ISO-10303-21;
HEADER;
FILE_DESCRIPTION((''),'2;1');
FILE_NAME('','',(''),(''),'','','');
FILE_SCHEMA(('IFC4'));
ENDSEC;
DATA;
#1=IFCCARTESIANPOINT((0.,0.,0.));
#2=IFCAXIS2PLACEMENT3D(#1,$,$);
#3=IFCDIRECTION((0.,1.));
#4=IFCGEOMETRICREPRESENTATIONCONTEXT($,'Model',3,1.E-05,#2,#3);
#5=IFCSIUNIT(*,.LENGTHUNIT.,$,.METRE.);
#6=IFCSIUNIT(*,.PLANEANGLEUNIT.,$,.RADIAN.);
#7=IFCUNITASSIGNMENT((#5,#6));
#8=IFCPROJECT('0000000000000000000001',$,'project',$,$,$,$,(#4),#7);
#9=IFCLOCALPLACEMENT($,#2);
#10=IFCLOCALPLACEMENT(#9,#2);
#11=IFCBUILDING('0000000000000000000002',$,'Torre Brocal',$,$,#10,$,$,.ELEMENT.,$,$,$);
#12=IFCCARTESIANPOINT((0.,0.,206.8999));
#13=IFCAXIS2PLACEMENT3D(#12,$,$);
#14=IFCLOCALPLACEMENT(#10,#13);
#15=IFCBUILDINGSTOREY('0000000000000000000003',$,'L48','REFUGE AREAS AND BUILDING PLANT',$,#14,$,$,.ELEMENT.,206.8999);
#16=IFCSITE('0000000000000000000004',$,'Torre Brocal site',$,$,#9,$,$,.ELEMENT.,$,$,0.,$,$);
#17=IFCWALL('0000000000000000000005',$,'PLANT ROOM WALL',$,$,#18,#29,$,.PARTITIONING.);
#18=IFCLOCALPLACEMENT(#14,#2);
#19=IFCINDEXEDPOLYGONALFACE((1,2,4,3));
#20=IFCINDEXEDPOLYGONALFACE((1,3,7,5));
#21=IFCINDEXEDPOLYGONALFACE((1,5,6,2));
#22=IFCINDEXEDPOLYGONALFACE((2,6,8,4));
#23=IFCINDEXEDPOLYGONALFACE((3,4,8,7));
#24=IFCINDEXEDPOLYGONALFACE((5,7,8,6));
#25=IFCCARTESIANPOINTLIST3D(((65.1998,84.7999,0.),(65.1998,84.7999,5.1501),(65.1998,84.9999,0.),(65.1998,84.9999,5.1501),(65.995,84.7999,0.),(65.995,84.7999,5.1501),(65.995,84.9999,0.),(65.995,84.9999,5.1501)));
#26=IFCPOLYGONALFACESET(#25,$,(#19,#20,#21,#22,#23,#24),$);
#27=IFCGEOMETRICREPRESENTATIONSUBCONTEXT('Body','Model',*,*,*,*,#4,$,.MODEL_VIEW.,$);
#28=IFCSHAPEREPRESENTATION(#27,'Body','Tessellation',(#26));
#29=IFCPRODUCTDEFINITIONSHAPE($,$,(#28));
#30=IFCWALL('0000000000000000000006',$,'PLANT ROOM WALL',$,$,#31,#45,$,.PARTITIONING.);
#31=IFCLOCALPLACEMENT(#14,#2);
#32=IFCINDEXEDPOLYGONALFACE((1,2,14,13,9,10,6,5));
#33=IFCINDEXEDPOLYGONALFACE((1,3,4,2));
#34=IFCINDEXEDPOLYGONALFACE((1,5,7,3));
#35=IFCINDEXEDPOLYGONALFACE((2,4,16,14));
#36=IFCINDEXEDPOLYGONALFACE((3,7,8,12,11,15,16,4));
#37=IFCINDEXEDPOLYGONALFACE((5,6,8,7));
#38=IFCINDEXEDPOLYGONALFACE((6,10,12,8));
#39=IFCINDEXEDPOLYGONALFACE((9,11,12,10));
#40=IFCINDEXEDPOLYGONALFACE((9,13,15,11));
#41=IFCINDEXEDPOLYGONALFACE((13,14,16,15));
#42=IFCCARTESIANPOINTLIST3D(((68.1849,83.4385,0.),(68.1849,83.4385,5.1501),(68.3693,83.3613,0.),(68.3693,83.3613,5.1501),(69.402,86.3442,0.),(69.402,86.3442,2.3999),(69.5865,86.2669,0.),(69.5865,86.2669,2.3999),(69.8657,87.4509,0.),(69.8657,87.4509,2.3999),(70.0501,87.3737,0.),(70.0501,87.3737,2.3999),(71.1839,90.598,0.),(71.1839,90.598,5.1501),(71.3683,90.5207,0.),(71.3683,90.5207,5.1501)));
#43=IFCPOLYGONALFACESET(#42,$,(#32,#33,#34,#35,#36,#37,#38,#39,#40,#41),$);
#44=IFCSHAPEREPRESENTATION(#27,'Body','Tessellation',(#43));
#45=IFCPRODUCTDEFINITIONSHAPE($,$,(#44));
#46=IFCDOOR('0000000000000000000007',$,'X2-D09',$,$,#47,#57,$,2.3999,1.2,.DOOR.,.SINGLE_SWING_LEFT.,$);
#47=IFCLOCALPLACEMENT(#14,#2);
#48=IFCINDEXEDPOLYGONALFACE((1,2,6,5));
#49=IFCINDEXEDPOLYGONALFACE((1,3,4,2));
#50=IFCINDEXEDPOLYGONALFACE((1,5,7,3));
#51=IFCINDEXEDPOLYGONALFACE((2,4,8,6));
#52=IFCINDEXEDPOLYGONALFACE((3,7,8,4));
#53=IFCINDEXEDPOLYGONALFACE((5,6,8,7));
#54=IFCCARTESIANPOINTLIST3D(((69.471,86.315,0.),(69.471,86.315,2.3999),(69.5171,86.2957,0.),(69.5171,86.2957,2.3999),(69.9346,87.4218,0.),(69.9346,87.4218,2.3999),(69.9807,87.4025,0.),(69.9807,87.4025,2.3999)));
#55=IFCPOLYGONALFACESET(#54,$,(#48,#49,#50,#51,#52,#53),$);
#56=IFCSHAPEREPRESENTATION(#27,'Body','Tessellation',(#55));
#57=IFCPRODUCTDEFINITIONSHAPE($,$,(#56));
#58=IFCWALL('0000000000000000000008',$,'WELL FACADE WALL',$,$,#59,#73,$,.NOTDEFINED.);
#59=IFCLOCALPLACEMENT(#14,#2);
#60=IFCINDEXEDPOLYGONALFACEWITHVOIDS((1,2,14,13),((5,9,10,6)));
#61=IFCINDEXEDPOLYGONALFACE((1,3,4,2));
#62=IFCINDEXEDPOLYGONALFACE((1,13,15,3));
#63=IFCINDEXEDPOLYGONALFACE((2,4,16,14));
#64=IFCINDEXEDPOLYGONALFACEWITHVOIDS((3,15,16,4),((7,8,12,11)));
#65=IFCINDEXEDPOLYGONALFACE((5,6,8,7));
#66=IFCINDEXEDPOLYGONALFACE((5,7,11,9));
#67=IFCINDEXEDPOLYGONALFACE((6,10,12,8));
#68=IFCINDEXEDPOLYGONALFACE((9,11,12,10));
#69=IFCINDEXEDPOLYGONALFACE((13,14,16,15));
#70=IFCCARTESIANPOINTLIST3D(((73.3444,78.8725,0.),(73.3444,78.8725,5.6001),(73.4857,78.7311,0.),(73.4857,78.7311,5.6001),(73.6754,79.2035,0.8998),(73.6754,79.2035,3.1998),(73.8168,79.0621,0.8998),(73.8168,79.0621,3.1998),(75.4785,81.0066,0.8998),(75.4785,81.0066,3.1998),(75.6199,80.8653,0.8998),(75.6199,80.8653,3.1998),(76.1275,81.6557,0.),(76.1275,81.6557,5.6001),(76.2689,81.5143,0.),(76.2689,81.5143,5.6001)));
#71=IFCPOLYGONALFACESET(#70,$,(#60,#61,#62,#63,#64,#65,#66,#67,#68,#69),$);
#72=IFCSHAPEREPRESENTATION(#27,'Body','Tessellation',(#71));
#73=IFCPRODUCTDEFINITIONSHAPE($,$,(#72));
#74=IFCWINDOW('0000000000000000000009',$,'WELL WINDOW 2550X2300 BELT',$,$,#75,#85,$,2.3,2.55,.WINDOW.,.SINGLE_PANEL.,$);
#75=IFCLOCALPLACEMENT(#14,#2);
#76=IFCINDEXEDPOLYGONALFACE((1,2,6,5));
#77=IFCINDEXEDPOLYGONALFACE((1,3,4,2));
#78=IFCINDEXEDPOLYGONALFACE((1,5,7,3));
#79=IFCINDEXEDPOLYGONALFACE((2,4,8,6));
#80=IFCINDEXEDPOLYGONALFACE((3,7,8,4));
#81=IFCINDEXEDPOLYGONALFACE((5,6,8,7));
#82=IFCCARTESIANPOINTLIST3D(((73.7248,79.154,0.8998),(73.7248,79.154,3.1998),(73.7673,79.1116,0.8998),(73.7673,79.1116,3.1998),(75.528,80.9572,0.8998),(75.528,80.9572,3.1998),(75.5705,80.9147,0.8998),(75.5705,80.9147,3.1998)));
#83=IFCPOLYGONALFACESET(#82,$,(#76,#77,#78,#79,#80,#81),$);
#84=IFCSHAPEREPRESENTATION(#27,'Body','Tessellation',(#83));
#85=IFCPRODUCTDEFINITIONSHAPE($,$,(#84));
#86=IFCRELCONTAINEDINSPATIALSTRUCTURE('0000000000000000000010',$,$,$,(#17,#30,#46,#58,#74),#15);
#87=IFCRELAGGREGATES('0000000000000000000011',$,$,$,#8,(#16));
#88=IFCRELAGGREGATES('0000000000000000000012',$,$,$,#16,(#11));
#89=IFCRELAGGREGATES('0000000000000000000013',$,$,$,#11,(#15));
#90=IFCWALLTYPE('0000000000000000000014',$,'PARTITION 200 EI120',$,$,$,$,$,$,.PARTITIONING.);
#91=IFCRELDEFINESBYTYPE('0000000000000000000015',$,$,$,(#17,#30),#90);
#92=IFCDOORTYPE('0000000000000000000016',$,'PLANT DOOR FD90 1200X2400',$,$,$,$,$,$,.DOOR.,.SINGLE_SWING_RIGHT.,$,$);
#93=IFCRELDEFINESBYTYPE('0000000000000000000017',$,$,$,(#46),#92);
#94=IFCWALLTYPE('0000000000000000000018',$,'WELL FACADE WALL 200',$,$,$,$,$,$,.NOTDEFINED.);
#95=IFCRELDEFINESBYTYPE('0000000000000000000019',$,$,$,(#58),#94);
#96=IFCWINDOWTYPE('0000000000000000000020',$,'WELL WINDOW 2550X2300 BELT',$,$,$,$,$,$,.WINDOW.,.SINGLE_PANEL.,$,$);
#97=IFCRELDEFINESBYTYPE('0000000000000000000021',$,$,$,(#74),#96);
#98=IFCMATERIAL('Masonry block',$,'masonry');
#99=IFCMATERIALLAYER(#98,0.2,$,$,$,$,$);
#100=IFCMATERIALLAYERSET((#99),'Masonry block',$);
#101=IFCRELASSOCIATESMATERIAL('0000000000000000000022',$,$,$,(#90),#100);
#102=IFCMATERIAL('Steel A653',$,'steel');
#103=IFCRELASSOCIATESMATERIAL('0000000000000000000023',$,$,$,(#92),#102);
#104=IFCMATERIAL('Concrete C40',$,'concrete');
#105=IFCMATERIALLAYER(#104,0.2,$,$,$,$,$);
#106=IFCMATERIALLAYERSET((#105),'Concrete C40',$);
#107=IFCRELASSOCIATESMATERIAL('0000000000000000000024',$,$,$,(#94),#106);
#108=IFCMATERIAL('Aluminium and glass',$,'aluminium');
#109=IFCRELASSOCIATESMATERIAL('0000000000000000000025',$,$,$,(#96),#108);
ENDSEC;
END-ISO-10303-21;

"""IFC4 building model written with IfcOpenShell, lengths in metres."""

from ifc_helpers import new_model, si_unit, direction, frame, frame_2d, origin, place, context, subcontext, project, spatial, rectangle, extrude, material, layer, layer_set, type_object, element, fill, save


model = new_model("IFC4")

# Units and contexts
model_context = context("Model", 3, precision=1e-05, world=origin(), true_north=direction((0.0, 1.0)))
body_context = subcontext(model_context, "Body", "Model", "MODEL_VIEW")
ifc_project = project(units=[si_unit("LENGTHUNIT", "METRE"), si_unit("PLANEANGLEUNIT", "RADIAN")], contexts=[model_context])

# Site, building, storey
site_placement = place(None, origin())
site = spatial("IfcSite", under=ifc_project, at=site_placement, Name="Torre Brocal site", CompositionType="ELEMENT", RefElevation=0.0)
building_placement = place(site_placement, origin())
building = spatial("IfcBuilding", under=site, at=building_placement, Name="Torre Brocal", CompositionType="ELEMENT")
storey_placement = place(building_placement, frame((0.0, 0.0, 206.8999)))
storey = spatial("IfcBuildingStorey", under=building, at=storey_placement, Name="L48", Description="REFUGE AREAS AND BUILDING PLANT", CompositionType="ELEMENT", Elevation=206.8999)

# Wall
ifc_material_1 = material(Name="Masonry block", Category="masonry")
ifc_layer_1 = layer(ifc_material_1, 0.2)
ifc_layer_set_1 = layer_set([ifc_layer_1], Name="Masonry block")
wall_type_1 = type_object("IfcWallType", Name="PARTITION 200 EI120", PredefinedType="PARTITIONING", material=ifc_layer_set_1)
wall_1_placement = place(storey_placement, frame((65.2, 84.8999, 0.0), z_axis=(0.0, 0.0, 1.0), x_axis=(1.0, 0.0, 0.0)))
element("IfcWall", 1, at=wall_1_placement, inside=storey, type_object=wall_type_1, Name="PLANT ROOM WALL", PredefinedType="PARTITIONING", context=body_context, shape_type="SweptSolid", body=[
    extrude(rectangle(XDim=0.7952, YDim=0.2, at=frame_2d((0.3975, 0.0))), origin(), (0.0, 0.0, 1.0), 5.1501),
])

# Shared definitions
ifc_material_2 = material(Name="Steel A653", Category="steel")
door_type_1 = type_object("IfcDoorType", Name="PLANT DOOR FD90 1200X2400", OperationType="SINGLE_SWING_RIGHT", PredefinedType="DOOR", material=ifc_material_2)

# Wall, opening, door
wall_2_placement = place(storey_placement, frame((68.2771, 83.3999, 0.0), z_axis=(0.0, 0.0, 1.0), x_axis=(0.386363, 0.922347, 0.0)))
wall_2 = element("IfcWall", 2, at=wall_2_placement, inside=storey, type_object=wall_type_1, Name="PLANT ROOM WALL", PredefinedType="PARTITIONING", context=body_context, shape_type="SweptSolid", body=[
    extrude(rectangle(XDim=7.7622, YDim=0.2, at=frame_2d((3.8811, 0.0))), origin(), (0.0, 0.0, 1.0), 5.1501),
])
opening_1_placement = place(wall_2_placement, frame((3.1501, 0.0, 0.0)))
opening_1 = element("IfcOpeningElement", 3, at=opening_1_placement, cuts=wall_2, PredefinedType="OPENING", context=body_context, shape_type="SweptSolid", body=[
    extrude(rectangle(XDim=1.2, YDim=2.3999, at=frame_2d((0.6001, 1.2))), frame((0.0, 0.1099, 0.0), z_axis=(0.0, -1.0, 0.0), x_axis=(1.0, 0.0, 0.0)), (0.0, 0.0, 1.0), 0.22),
])
door_1_placement = place(opening_1_placement, frame((1.2, 0.0, 0.0), z_axis=(0.0, 0.0, 1.0), x_axis=(-1.0, 0.0, 0.0)))
door_1 = element("IfcDoor", 4, at=door_1_placement, inside=storey, type_object=door_type_1, Name="X2-D09", OperationType="SINGLE_SWING_LEFT", OverallHeight=2.3999, OverallWidth=1.2, PredefinedType="DOOR", context=body_context, shape_type="SweptSolid", body=[
    extrude(rectangle(XDim=1.2, YDim=2.3999, at=frame_2d((0.6001, 1.2))), frame((0.0, 0.0249, 0.0), z_axis=(0.0, -1.0, 0.0), x_axis=(1.0, 0.0, 0.0)), (0.0, 0.0, 1.0), 0.05),
])
fill(opening_1, door_1)

# Wall, opening, window
ifc_material_3 = material(Name="Concrete C40", Category="concrete")
ifc_layer_2 = layer(ifc_material_3, 0.2)
ifc_layer_set_2 = layer_set([ifc_layer_2], Name="Concrete C40")
wall_type_2 = type_object("IfcWallType", Name="WELL FACADE WALL 200", PredefinedType="NOTDEFINED", material=ifc_layer_set_2)
wall_3_placement = place(storey_placement, frame((76.1982, 81.585, 0.0), z_axis=(0.0, 0.0, 1.0), x_axis=(-0.707107, -0.707107, 0.0)))
wall_3 = element("IfcWall", 5, at=wall_3_placement, inside=storey, type_object=wall_type_2, Name="WELL FACADE WALL", PredefinedType="NOTDEFINED", context=body_context, shape_type="SweptSolid", body=[
    extrude(rectangle(XDim=3.936, YDim=0.2, at=frame_2d((1.968, 0.0))), origin(), (0.0, 0.0, 1.0), 5.6001),
])
opening_2_placement = place(wall_3_placement, frame((0.918, 0.0, 0.8999)))
opening_2 = element("IfcOpeningElement", 6, at=opening_2_placement, cuts=wall_3, PredefinedType="OPENING", context=body_context, shape_type="SweptSolid", body=[
    extrude(rectangle(XDim=2.55, YDim=2.3, at=frame_2d((1.2749, 1.1499))), frame((0.0, 0.1099, 0.0), z_axis=(0.0, -1.0, 0.0), x_axis=(1.0, 0.0, 0.0)), (0.0, 0.0, 1.0), 0.22),
])
ifc_material_4 = material(Name="Aluminium and glass", Category="aluminium")
window_type = type_object("IfcWindowType", Name="WELL WINDOW 2550X2300 BELT", PartitioningType="SINGLE_PANEL", PredefinedType="WINDOW", material=ifc_material_4)
window_placement = place(opening_2_placement, origin())
window = element("IfcWindow", 7, at=window_placement, inside=storey, type_object=window_type, Name="WELL WINDOW 2550X2300 BELT", OverallHeight=2.3, OverallWidth=2.55, PartitioningType="SINGLE_PANEL", PredefinedType="WINDOW", context=body_context, shape_type="SweptSolid", body=[
    extrude(rectangle(XDim=2.55, YDim=2.3, at=frame_2d((1.2749, 1.1499))), frame((0.0, 0.03, 0.0), z_axis=(0.0, -1.0, 0.0), x_axis=(1.0, 0.0, 0.0)), (0.0, 0.0, 1.0), 0.0601),
])
fill(opening_2, window)

save(model, "model.ifc")
